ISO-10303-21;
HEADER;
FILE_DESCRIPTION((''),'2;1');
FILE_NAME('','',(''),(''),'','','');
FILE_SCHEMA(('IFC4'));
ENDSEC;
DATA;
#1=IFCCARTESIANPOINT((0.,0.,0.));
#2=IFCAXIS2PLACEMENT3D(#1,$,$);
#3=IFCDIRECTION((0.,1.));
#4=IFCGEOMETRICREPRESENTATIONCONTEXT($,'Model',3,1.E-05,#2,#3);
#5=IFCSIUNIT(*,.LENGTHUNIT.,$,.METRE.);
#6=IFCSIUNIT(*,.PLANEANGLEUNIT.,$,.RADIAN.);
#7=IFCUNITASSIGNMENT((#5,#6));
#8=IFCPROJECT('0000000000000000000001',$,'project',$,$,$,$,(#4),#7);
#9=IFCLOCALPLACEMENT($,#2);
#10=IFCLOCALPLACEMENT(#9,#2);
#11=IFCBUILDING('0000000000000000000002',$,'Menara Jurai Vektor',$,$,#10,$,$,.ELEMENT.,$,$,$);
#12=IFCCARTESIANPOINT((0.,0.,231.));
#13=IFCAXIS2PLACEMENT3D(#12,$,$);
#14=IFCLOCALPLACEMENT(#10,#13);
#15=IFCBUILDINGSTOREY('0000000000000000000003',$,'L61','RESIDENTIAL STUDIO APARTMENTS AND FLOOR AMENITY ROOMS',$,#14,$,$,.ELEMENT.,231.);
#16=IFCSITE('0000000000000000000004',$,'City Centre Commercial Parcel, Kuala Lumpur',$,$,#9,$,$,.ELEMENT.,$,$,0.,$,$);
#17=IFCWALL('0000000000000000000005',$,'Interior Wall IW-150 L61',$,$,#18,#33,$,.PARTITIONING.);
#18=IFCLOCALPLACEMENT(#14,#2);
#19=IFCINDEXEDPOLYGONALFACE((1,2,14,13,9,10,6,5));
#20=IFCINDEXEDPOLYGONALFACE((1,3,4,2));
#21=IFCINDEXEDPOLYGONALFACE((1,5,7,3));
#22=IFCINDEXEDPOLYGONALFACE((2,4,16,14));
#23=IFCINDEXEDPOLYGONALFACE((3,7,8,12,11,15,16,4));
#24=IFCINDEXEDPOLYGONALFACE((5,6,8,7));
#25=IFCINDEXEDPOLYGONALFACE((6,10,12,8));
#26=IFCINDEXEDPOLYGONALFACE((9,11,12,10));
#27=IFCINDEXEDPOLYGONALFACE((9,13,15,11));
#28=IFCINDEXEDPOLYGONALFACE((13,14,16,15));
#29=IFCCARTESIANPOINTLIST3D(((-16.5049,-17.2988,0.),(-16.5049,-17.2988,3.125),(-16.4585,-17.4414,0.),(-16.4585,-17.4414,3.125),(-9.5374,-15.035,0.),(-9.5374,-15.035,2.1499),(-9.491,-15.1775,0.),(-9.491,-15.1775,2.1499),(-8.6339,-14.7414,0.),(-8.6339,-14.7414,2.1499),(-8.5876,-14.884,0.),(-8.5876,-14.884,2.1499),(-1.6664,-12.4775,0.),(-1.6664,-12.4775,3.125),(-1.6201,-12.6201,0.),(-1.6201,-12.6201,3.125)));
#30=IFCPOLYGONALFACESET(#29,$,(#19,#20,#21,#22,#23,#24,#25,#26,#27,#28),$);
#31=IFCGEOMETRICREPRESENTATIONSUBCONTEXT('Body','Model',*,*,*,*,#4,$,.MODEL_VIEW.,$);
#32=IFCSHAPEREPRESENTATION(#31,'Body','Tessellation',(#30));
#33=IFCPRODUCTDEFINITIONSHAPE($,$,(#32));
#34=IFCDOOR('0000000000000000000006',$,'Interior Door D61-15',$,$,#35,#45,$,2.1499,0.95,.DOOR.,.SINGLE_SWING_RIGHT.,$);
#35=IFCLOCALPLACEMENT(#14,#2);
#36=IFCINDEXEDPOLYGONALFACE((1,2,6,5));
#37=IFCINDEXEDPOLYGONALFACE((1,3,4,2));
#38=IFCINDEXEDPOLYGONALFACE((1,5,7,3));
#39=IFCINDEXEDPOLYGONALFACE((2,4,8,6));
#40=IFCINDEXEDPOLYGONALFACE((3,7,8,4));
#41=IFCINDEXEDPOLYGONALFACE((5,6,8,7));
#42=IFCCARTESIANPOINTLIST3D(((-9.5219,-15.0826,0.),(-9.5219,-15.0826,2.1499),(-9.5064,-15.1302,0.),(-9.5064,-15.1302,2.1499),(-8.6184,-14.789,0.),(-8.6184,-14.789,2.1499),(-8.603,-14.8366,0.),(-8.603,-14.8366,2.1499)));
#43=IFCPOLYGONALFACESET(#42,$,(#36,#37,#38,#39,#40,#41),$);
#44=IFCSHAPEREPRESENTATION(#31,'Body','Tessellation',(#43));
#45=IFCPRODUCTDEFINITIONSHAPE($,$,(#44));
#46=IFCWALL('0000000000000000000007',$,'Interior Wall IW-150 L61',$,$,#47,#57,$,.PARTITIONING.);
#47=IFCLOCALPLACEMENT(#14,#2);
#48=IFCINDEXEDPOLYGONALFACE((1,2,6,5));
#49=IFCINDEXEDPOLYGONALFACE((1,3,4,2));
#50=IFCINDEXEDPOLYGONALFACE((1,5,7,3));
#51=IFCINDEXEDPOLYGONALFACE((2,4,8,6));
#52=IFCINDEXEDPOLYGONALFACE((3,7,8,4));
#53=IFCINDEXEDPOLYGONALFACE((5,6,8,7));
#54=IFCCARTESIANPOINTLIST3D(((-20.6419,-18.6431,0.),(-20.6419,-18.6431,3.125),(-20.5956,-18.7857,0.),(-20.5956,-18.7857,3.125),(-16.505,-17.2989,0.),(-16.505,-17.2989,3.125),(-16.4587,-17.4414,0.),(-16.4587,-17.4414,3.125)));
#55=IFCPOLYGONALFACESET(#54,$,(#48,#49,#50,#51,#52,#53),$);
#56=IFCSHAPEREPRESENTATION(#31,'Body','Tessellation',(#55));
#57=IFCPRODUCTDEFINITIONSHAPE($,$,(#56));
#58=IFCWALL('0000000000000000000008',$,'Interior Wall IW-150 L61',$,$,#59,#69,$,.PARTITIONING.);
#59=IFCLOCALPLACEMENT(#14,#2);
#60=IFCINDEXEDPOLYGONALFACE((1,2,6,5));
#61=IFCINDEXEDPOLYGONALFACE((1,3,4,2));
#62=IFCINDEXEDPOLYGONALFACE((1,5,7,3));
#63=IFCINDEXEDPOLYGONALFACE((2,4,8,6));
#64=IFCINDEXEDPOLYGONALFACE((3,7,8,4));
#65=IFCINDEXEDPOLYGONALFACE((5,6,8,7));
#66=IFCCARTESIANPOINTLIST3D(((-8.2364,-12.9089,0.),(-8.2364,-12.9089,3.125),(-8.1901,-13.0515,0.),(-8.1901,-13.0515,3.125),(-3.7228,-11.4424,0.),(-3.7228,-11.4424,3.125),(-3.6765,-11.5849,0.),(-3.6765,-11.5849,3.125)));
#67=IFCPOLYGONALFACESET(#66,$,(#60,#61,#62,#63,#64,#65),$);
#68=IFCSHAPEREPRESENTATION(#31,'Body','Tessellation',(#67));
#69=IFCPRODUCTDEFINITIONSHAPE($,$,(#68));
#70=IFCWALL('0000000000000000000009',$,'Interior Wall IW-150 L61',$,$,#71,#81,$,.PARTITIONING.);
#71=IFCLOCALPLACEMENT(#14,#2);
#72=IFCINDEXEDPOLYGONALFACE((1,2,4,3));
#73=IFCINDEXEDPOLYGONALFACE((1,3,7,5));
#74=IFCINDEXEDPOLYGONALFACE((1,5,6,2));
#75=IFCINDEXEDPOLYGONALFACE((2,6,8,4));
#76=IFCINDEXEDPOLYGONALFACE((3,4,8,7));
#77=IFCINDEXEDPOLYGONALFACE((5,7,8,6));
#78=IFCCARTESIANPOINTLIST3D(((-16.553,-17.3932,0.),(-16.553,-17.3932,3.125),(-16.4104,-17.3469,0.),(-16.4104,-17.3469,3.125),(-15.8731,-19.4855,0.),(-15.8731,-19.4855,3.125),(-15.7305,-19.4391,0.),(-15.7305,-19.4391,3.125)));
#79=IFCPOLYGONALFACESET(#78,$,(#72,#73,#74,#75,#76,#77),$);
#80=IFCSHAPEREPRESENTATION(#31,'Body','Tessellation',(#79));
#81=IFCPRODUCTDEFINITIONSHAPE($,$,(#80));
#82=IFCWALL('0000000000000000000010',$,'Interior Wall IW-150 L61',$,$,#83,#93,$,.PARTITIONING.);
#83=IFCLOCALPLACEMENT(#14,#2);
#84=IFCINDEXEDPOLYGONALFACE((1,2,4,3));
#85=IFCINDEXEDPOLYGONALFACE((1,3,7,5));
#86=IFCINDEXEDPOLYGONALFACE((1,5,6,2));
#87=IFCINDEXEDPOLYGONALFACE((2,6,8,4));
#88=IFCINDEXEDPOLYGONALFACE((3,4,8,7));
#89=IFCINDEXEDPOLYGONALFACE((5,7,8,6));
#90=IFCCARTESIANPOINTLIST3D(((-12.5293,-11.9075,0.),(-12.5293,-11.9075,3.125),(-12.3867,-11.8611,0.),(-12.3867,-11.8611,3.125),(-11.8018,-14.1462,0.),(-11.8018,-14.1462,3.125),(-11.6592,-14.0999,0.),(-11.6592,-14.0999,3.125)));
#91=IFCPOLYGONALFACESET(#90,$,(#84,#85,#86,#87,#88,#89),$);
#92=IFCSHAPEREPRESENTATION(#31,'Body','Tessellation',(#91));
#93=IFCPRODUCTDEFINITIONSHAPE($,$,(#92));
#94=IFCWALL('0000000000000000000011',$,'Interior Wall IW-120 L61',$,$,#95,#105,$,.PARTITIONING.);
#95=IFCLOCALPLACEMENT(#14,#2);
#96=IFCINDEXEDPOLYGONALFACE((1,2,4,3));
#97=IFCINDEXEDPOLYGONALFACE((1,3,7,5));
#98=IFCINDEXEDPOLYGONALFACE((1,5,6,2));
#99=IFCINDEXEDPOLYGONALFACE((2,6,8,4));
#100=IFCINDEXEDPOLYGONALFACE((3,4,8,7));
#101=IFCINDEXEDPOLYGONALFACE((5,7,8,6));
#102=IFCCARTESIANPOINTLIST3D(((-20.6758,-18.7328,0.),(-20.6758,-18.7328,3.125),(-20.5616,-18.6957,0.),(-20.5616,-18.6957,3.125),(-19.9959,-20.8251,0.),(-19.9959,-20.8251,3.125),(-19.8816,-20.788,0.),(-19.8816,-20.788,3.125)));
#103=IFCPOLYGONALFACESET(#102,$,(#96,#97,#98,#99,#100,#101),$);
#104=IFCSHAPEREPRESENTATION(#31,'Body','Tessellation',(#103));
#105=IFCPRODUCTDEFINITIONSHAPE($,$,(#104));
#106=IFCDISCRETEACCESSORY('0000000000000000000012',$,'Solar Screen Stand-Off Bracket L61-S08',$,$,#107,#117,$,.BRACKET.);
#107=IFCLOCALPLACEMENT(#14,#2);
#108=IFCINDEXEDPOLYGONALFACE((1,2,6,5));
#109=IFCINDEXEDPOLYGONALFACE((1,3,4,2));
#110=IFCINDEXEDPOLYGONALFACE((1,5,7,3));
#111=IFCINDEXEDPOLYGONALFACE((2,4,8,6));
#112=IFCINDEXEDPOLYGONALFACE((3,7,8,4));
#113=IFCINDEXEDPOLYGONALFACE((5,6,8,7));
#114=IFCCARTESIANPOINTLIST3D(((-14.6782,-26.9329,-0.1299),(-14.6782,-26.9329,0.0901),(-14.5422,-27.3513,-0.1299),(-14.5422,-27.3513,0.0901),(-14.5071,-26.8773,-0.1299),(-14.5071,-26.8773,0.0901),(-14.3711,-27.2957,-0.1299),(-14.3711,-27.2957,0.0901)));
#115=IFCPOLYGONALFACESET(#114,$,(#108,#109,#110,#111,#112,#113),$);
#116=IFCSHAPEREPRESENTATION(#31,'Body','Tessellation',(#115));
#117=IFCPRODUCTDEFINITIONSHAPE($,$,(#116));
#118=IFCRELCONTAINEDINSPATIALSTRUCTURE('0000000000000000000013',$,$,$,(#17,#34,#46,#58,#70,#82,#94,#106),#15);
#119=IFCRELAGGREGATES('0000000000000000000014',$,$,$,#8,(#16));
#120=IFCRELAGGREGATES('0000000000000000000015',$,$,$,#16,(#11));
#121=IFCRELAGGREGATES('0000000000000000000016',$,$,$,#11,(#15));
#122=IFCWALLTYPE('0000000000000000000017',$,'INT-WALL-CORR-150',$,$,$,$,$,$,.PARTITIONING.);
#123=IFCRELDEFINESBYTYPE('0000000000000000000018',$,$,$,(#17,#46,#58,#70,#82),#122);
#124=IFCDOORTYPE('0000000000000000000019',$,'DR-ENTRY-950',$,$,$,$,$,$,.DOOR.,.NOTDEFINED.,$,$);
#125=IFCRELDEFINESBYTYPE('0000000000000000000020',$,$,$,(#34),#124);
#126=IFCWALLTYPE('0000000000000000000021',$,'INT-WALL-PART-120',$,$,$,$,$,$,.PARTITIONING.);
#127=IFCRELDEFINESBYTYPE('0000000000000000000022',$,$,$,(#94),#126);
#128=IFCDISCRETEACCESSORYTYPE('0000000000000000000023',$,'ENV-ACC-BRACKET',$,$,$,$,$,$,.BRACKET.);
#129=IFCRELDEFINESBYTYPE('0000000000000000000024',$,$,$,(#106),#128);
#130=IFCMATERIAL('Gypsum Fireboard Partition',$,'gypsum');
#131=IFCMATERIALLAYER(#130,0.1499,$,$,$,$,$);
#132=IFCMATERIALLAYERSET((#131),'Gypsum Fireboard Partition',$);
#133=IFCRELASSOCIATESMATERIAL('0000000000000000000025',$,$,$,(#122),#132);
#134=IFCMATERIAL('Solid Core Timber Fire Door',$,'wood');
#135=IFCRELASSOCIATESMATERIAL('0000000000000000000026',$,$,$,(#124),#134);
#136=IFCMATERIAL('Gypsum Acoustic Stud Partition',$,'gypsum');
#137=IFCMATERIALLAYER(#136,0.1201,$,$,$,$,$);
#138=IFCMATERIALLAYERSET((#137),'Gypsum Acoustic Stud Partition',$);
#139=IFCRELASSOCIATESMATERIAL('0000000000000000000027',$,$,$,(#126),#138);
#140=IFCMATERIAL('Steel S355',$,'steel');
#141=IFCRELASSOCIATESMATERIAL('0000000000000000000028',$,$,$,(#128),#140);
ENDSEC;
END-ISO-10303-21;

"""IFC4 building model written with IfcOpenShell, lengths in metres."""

from ifc_helpers import new_model, si_unit, direction, frame, frame_2d, origin, origin_2d, place, context, subcontext, project, spatial, rectangle, extrude, material, layer, layer_set, type_object, element, fill, save


model = new_model("IFC4")

# Units and contexts
model_context = context("Model", 3, precision=1e-05, world=origin(), true_north=direction((0.0, 1.0)))
body_context = subcontext(model_context, "Body", "Model", "MODEL_VIEW")
ifc_project = project(units=[si_unit("LENGTHUNIT", "METRE"), si_unit("PLANEANGLEUNIT", "RADIAN")], contexts=[model_context])

# Site, building, storey
site_placement = place(None, origin())
site = spatial("IfcSite", under=ifc_project, at=site_placement, Name="City Centre Commercial Parcel, Kuala Lumpur", CompositionType="ELEMENT", RefElevation=0.0)
building_placement = place(site_placement, origin())
building = spatial("IfcBuilding", under=site, at=building_placement, Name="Menara Jurai Vektor", CompositionType="ELEMENT")
storey_placement = place(building_placement, frame((0.0, 0.0, 231.0)))
storey = spatial("IfcBuildingStorey", under=building, at=storey_placement, Name="L61", Description="RESIDENTIAL STUDIO APARTMENTS AND FLOOR AMENITY ROOMS", CompositionType="ELEMENT", Elevation=231.0)

# Shared definitions
ifc_material_1 = material(Name="Steel S355", Category="steel")

# Wall, opening, door
ifc_material_2 = material(Name="Gypsum Fireboard Partition", Category="gypsum")
ifc_layer_1 = layer(ifc_material_2, 0.1499)
ifc_layer_set_1 = layer_set([ifc_layer_1], Name="Gypsum Fireboard Partition")
wall_type_1 = type_object("IfcWallType", Name="INT-WALL-CORR-150", PredefinedType="PARTITIONING", material=ifc_layer_set_1)
wall_1_placement = place(storey_placement, frame((-16.4817, -17.3701, 0.0), z_axis=(0.0, 0.0, 1.0), x_axis=(0.951056, 0.309017, 0.0)))
wall_1 = element("IfcWall", 1, at=wall_1_placement, inside=storey, type_object=wall_type_1, Name="Interior Wall IW-150 L61", PredefinedType="PARTITIONING", context=body_context, shape_type="SweptSolid", body=[
    extrude(rectangle(XDim=15.6021, YDim=0.1499, at=frame_2d((7.801, 0.0))), origin(), (0.0, 0.0, 1.0), 3.125),
])
opening_1_placement = place(wall_1_placement, frame((7.3259, 0.0, 0.0)))
opening_1 = element("IfcOpeningElement", 2, at=opening_1_placement, cuts=wall_1, PredefinedType="OPENING", context=body_context, shape_type="SweptSolid", body=[
    extrude(rectangle(XDim=0.95, YDim=2.1499, at=frame_2d((0.4751, 1.075))), frame((0.0, 0.085, 0.0), z_axis=(0.0, -1.0, 0.0), x_axis=(1.0, 0.0, 0.0)), (0.0, 0.0, 1.0), 0.1699),
])
ifc_material_3 = material(Name="Solid Core Timber Fire Door", Category="wood")
door_type_1 = type_object("IfcDoorType", Name="DR-ENTRY-950", OperationType="NOTDEFINED", PredefinedType="DOOR", material=ifc_material_3)
door_1_placement = place(opening_1_placement, origin())
door_1 = element("IfcDoor", 3, at=door_1_placement, inside=storey, type_object=door_type_1, Name="Interior Door D61-15", OperationType="SINGLE_SWING_RIGHT", OverallHeight=2.1499, OverallWidth=0.95, PredefinedType="DOOR", context=body_context, shape_type="SweptSolid", body=[
    extrude(rectangle(XDim=0.95, YDim=2.1499, at=frame_2d((0.4751, 1.075))), frame((0.0, 0.0249, 0.0), z_axis=(0.0, -1.0, 0.0), x_axis=(1.0, 0.0, 0.0)), (0.0, 0.0, 1.0), 0.05),
])
fill(opening_1, door_1)

# Wall
wall_2_placement = place(storey_placement, frame((-20.6187, -18.7144, 0.0), z_axis=(0.0, 0.0, 1.0), x_axis=(0.951053, 0.309029, 0.0)))
element("IfcWall", 4, at=wall_2_placement, inside=storey, type_object=wall_type_1, Name="Interior Wall IW-150 L61", PredefinedType="PARTITIONING", context=body_context, shape_type="SweptSolid", body=[
    extrude(rectangle(XDim=4.3499, YDim=0.1499, at=frame_2d((2.1748, 0.0))), origin(), (0.0, 0.0, 1.0), 3.125),
])

# Wall
wall_3_placement = place(storey_placement, frame((-8.2134, -12.9802, 0.0), z_axis=(0.0, 0.0, 1.0), x_axis=(0.951058, 0.309012, 0.0)))
element("IfcWall", 5, at=wall_3_placement, inside=storey, type_object=wall_type_1, Name="Interior Wall IW-150 L61", PredefinedType="PARTITIONING", context=body_context, shape_type="SweptSolid", body=[
    extrude(rectangle(XDim=4.7458, YDim=0.1499, at=frame_2d((2.373, 0.0))), origin(), (0.0, 0.0, 1.0), 3.125),
])

# Walls
wall_4_placement = place(storey_placement, frame((-15.8018, -19.4624, 0.0), z_axis=(0.0, 0.0, 1.0), x_axis=(-0.309061, 0.951042, 0.0)))
element("IfcWall", 6, at=wall_4_placement, inside=storey, type_object=wall_type_1, Name="Interior Wall IW-150 L61", PredefinedType="PARTITIONING", context=body_context, shape_type="SweptSolid", body=[
    extrude(rectangle(XDim=2.2, YDim=0.1499, at=frame_2d((1.1001, 0.0))), origin(), (0.0, 0.0, 1.0), 3.125),
])
wall_5_placement = place(storey_placement, frame((-11.7305, -14.123, 0.0), z_axis=(0.0, 0.0, 1.0), x_axis=(-0.309063, 0.951042, 0.0)))
element("IfcWall", 7, at=wall_5_placement, inside=storey, type_object=wall_type_1, Name="Interior Wall IW-150 L61", PredefinedType="PARTITIONING", context=body_context, shape_type="SweptSolid", body=[
    extrude(rectangle(XDim=2.354, YDim=0.1499, at=frame_2d((1.177, 0.0))), origin(), (0.0, 0.0, 1.0), 3.125),
])
ifc_material_4 = material(Name="Gypsum Acoustic Stud Partition", Category="gypsum")
ifc_layer_2 = layer(ifc_material_4, 0.1201)
ifc_layer_set_2 = layer_set([ifc_layer_2], Name="Gypsum Acoustic Stud Partition")
wall_type_2 = type_object("IfcWallType", Name="INT-WALL-PART-120", PredefinedType="PARTITIONING", material=ifc_layer_set_2)
wall_6_placement = place(storey_placement, frame((-19.9387, -20.8066, 0.0), z_axis=(0.0, 0.0, 1.0), x_axis=(-0.309061, 0.951042, 0.0)))
element("IfcWall", 8, at=wall_6_placement, inside=storey, type_object=wall_type_2, Name="Interior Wall IW-120 L61", PredefinedType="PARTITIONING", context=body_context, shape_type="SweptSolid", body=[
    extrude(rectangle(XDim=2.2, YDim=0.1201, at=frame_2d((1.1001, 0.0))), origin(), (0.0, 0.0, 1.0), 3.125),
])

# Discrete accessory
discrete_accessory_type = type_object("IfcDiscreteAccessoryType", Name="ENV-ACC-BRACKET", PredefinedType="BRACKET", material=ifc_material_1)
discrete_accessory_placement = place(storey_placement, frame((-14.5247, -27.1143, -0.1299), z_axis=(0.0, 0.0, 1.0), x_axis=(0.951057, 0.309017, 0.0)))
element("IfcDiscreteAccessory", 9, at=discrete_accessory_placement, inside=storey, type_object=discrete_accessory_type, Name="Solar Screen Stand-Off Bracket L61-S08", PredefinedType="BRACKET", context=body_context, shape_type="SweptSolid", body=[
    extrude(rectangle(XDim=0.1799, YDim=0.4399, at=origin_2d()), origin(), (0.0, 0.0, 1.0), 0.22),
])

save(model, "model.ifc")
